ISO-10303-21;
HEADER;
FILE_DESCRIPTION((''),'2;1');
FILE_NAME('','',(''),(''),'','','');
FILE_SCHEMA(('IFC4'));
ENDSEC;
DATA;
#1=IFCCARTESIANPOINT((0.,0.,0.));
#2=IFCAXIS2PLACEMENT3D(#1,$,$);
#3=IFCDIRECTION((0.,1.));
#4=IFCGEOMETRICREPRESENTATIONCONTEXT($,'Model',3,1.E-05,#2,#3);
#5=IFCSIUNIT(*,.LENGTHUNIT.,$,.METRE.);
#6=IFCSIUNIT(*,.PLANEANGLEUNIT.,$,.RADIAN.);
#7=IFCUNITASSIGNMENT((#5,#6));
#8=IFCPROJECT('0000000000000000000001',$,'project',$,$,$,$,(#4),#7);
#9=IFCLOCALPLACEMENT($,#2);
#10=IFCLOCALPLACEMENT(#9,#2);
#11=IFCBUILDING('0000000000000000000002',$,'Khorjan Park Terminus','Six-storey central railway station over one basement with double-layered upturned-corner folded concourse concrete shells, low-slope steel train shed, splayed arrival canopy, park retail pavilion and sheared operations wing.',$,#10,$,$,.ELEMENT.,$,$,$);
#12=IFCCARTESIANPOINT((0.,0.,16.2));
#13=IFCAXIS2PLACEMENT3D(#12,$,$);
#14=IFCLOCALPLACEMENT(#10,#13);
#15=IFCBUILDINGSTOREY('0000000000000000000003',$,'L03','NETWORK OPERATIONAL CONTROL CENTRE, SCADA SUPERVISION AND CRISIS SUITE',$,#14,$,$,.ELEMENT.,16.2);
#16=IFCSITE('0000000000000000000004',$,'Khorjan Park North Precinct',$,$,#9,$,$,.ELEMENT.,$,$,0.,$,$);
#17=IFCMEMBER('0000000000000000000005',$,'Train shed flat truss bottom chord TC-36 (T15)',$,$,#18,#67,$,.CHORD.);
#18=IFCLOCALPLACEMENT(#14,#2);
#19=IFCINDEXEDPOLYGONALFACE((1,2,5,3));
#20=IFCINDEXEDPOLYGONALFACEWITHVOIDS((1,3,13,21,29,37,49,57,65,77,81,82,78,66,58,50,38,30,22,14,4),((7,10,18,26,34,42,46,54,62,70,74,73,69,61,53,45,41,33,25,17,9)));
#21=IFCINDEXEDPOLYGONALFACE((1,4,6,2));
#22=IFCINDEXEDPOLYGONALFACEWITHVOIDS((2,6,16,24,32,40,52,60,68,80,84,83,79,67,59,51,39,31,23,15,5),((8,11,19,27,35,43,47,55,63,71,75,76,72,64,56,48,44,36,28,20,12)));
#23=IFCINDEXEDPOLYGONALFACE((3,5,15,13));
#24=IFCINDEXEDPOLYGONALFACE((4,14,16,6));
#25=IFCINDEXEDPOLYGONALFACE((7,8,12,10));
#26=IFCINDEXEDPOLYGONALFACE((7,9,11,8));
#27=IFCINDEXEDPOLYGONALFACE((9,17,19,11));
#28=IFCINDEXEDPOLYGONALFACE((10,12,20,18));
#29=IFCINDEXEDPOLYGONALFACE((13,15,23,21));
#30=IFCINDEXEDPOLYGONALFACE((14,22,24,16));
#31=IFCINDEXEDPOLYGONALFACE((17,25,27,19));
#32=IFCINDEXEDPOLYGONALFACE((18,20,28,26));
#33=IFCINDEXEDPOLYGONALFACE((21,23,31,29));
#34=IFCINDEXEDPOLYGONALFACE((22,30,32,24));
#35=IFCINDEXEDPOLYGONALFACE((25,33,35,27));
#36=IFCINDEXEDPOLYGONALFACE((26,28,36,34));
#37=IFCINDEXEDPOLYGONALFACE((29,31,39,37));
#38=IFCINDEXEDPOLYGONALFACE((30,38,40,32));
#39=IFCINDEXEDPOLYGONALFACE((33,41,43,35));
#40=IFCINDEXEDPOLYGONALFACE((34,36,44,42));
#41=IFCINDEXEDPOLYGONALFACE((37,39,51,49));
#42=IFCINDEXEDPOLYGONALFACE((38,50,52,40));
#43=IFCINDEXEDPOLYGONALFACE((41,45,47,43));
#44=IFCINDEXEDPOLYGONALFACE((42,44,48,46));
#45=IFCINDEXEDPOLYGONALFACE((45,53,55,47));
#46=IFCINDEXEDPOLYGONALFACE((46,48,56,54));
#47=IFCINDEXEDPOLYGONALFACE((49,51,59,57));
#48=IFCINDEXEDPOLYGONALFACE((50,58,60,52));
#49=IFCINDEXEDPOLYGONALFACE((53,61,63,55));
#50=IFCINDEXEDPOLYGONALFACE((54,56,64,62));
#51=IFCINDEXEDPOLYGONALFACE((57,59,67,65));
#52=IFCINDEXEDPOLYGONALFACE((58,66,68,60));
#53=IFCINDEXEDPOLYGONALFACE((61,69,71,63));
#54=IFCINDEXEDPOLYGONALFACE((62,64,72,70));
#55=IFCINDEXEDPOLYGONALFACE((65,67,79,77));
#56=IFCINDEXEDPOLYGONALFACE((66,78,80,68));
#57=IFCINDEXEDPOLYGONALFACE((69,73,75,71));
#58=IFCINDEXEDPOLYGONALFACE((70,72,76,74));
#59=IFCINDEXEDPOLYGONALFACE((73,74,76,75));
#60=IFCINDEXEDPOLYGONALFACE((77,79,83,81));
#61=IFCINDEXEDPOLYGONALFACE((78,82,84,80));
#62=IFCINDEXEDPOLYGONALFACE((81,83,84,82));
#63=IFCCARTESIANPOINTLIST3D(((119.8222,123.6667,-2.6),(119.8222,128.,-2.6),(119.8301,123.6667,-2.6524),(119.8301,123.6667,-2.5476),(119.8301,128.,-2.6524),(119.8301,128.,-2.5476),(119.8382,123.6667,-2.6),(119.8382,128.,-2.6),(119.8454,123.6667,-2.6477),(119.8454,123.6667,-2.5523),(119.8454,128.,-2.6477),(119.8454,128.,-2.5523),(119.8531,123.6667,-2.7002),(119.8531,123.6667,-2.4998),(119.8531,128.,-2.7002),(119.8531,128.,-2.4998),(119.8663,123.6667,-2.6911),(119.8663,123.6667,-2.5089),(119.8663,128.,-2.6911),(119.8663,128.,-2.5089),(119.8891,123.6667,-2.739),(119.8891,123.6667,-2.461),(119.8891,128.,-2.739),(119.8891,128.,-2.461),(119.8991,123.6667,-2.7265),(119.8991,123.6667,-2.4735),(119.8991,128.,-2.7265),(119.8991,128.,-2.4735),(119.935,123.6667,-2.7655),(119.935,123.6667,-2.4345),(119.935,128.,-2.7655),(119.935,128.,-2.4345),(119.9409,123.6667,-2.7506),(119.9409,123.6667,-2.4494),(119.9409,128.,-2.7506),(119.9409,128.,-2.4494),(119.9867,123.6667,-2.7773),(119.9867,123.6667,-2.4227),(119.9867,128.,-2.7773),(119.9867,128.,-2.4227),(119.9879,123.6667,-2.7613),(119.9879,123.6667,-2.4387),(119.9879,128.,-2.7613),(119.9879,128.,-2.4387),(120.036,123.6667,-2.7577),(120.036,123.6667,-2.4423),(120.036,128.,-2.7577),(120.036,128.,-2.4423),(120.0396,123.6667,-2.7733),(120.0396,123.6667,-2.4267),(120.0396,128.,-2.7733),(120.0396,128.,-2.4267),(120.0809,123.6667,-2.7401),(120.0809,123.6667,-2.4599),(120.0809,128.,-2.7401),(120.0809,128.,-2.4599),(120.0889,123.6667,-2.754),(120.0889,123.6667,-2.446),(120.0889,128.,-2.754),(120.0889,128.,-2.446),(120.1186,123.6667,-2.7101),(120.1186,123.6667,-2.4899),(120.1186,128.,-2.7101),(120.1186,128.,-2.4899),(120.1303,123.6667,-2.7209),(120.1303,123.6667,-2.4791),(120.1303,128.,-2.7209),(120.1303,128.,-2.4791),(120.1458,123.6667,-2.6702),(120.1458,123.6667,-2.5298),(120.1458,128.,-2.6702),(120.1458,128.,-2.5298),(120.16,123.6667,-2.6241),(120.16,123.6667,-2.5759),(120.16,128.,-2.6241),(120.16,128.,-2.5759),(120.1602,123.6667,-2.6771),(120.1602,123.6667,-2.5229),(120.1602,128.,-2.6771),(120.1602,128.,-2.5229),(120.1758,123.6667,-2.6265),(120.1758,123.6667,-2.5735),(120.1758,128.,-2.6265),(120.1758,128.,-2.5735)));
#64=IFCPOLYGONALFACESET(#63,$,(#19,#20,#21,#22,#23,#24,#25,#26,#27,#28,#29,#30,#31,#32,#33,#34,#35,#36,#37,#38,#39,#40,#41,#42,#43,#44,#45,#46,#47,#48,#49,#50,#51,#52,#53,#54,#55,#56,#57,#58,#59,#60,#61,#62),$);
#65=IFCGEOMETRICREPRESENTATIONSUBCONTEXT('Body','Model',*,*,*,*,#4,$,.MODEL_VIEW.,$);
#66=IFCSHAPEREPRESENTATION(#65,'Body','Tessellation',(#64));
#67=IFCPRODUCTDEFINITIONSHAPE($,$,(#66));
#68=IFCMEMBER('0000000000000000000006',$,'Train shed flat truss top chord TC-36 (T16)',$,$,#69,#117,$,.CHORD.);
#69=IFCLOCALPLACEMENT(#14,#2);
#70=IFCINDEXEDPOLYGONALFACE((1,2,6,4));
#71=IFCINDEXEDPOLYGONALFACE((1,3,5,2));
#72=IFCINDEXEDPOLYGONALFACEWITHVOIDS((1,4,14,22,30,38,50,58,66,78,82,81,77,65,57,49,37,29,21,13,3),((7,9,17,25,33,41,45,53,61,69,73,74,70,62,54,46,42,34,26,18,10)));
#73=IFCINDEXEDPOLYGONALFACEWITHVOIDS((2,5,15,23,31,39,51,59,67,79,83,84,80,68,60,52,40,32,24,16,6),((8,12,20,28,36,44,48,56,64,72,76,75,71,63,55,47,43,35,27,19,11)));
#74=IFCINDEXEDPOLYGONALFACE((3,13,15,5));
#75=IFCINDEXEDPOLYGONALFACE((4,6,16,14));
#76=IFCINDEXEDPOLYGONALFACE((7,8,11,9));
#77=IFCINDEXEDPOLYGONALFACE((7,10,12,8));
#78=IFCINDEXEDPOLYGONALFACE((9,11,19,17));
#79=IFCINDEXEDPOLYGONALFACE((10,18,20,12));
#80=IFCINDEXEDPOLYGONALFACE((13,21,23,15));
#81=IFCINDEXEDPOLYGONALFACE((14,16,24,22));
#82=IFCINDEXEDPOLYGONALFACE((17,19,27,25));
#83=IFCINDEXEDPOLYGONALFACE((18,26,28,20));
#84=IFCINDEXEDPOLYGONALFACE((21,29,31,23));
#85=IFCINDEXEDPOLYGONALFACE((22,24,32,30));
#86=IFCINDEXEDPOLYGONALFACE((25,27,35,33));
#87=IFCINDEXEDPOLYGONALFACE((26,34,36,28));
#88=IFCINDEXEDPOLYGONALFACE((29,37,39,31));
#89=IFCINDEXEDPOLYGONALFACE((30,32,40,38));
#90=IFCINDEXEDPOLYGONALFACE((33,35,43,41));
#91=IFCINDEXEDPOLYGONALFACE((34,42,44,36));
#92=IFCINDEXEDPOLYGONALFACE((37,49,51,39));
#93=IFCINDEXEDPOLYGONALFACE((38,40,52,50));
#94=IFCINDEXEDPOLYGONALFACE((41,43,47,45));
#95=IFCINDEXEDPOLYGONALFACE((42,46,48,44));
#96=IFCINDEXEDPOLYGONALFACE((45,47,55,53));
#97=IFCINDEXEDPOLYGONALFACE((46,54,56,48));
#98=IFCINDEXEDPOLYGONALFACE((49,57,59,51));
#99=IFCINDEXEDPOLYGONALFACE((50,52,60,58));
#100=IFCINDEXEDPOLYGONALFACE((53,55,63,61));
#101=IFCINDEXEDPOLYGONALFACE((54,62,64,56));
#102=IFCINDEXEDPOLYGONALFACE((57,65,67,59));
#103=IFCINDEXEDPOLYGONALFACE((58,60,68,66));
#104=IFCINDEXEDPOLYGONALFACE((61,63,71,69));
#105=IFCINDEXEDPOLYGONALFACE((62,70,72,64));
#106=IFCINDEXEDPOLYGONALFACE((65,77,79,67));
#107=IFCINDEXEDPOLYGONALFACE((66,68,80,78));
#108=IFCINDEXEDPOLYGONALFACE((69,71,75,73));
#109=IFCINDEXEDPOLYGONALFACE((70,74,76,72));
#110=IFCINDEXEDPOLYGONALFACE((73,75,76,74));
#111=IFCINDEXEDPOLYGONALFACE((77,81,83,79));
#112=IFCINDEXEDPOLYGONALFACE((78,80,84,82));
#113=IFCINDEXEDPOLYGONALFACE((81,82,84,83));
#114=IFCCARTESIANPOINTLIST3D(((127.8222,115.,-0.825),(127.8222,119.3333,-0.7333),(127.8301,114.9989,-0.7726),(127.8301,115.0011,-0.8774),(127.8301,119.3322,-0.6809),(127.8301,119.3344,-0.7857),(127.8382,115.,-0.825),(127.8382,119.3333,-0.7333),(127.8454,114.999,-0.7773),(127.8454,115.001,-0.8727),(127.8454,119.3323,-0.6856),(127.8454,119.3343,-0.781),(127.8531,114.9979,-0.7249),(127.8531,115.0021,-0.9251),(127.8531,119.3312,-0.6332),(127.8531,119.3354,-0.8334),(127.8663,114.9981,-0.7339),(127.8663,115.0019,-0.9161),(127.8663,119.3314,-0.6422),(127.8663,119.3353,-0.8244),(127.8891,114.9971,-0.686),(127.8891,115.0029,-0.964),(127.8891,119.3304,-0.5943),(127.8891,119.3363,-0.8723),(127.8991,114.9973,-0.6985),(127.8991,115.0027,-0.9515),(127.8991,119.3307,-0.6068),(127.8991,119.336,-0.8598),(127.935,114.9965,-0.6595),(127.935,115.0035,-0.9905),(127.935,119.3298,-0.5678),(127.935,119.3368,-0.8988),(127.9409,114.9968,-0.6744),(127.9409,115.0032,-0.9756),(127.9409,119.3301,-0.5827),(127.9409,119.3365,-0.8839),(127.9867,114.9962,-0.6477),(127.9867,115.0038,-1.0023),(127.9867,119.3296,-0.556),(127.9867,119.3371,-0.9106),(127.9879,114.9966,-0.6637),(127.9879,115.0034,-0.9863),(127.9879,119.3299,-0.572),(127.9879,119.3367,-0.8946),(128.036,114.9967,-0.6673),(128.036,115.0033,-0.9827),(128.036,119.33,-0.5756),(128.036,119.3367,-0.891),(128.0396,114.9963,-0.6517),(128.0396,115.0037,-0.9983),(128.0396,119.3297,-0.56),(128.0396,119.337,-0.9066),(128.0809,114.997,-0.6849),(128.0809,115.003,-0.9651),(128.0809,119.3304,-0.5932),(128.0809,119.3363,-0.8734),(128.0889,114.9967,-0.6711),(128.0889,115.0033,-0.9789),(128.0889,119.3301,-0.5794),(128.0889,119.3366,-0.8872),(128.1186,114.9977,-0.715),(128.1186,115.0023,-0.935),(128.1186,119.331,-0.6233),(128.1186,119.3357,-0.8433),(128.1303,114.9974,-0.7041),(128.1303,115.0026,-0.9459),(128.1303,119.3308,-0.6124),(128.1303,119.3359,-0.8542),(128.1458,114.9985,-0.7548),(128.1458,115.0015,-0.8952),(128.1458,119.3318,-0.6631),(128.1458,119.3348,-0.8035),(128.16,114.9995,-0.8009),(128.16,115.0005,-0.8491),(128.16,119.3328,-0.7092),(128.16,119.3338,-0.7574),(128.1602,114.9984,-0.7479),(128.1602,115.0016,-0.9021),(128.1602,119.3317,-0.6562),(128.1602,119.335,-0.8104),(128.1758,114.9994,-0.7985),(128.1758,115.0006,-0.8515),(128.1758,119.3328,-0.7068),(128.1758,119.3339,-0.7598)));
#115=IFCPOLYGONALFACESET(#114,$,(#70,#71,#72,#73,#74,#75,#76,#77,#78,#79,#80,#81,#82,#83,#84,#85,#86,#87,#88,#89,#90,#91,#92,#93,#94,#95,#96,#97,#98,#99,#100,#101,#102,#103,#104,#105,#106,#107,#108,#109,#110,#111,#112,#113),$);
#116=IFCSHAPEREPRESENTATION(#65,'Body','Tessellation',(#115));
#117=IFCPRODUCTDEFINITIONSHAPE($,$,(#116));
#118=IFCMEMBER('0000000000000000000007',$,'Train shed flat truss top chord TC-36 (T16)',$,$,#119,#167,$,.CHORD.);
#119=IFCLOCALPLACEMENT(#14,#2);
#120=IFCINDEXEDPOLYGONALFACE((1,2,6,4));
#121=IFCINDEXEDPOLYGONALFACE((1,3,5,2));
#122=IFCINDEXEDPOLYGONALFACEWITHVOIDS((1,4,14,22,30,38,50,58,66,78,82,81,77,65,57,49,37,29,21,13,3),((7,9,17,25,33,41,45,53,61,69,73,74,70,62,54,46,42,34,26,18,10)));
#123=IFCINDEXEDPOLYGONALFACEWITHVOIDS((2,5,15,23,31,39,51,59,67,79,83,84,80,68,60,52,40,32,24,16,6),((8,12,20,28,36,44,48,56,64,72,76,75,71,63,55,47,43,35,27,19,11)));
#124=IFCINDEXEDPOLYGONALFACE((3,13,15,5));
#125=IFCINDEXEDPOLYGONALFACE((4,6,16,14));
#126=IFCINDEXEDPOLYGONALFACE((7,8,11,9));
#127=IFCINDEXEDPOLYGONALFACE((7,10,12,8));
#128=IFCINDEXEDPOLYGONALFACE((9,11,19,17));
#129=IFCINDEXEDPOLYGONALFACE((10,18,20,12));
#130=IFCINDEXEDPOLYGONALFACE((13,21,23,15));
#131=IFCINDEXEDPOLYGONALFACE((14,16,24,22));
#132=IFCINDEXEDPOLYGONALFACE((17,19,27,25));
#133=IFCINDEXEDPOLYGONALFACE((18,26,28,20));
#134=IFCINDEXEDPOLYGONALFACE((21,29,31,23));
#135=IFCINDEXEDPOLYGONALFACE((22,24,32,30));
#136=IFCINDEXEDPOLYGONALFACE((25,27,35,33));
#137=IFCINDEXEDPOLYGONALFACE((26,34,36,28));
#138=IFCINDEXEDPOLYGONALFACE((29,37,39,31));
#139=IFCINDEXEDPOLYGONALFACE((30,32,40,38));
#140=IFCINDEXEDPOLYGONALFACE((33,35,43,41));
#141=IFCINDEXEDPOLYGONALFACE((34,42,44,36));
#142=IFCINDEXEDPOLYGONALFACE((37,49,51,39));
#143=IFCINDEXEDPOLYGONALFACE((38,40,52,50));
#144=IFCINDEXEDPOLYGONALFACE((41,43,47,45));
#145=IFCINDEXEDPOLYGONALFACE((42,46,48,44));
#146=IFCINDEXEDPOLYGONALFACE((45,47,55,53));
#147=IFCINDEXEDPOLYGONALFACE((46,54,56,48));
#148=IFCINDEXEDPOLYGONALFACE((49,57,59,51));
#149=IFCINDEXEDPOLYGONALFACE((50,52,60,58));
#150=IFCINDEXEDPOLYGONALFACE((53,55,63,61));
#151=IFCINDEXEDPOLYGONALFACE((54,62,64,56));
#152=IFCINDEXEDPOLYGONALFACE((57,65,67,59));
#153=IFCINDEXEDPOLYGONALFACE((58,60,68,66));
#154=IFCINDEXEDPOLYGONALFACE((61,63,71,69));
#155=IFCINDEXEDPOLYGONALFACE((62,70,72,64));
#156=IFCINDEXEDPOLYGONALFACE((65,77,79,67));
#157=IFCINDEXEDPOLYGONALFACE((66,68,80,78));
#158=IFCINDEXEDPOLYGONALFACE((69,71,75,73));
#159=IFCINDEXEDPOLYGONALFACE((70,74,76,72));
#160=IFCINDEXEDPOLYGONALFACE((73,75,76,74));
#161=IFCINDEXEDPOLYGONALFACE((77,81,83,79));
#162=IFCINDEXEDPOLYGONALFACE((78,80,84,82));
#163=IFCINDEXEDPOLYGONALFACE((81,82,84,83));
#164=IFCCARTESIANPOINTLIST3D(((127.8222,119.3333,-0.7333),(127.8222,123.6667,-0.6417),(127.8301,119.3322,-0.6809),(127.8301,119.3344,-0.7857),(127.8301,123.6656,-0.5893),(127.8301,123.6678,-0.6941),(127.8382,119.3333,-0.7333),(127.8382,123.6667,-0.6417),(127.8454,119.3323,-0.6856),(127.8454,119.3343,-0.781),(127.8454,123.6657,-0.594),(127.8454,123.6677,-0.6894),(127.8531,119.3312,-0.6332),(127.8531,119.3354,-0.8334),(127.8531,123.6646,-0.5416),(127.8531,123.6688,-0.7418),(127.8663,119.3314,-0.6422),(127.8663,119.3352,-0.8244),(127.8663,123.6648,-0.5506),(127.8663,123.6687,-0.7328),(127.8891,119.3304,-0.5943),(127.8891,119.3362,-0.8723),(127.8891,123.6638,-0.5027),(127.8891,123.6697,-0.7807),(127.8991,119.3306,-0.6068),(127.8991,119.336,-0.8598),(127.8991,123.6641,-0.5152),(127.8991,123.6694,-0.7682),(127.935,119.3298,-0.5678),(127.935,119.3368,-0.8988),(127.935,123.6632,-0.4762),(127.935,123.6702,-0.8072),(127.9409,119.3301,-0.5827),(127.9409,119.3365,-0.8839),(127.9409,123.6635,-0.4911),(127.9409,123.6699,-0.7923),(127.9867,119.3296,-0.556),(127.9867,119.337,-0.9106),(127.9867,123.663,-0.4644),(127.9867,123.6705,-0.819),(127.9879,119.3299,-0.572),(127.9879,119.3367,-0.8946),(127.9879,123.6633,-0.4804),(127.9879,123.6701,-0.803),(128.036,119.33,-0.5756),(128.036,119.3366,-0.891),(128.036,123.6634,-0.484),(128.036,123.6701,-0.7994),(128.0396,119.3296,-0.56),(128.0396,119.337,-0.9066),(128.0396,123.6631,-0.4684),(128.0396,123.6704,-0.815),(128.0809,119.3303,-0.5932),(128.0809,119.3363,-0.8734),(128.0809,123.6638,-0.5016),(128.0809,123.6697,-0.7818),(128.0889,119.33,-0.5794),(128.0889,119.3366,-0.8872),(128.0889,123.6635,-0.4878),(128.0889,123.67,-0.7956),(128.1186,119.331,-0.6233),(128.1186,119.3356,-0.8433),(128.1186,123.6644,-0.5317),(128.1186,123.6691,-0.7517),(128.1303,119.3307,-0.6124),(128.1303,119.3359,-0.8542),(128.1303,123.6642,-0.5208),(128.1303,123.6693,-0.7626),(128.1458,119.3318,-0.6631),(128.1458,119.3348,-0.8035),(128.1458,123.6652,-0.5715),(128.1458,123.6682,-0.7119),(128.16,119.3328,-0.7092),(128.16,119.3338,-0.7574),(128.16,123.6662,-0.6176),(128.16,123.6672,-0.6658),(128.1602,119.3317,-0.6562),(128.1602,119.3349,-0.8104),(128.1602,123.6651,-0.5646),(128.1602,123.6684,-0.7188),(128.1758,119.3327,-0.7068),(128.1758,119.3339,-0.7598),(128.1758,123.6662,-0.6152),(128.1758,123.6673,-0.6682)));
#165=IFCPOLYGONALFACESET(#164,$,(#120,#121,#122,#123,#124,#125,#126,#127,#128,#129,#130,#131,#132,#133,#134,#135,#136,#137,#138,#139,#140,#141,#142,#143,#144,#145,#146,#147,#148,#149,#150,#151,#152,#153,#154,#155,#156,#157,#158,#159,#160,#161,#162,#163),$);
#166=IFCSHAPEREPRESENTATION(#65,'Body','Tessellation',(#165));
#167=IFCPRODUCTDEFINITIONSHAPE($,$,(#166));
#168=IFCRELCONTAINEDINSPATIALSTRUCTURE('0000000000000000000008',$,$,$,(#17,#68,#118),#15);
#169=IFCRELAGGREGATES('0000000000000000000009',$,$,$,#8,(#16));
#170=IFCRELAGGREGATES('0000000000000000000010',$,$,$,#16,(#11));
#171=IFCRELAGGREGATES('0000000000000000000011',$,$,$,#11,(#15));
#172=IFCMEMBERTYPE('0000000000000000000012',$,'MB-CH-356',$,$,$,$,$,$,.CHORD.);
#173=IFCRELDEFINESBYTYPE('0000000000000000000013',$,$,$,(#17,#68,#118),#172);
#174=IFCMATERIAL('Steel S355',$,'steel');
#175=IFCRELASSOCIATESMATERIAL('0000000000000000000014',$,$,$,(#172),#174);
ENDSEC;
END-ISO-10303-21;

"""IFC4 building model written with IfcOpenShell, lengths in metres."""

from ifc_helpers import new_model, si_unit, direction, frame, origin, origin_2d, place, context, subcontext, project, spatial, hollow_circle, extrude, material, material_profile, profile_set, type_object, element, save


model = new_model("IFC4")

# Units and contexts
model_context = context("Model", 3, precision=1e-05, world=origin(), true_north=direction((0.0, 1.0)))
body_context = subcontext(model_context, "Body", "Model", "MODEL_VIEW")
ifc_project = project(units=[si_unit("LENGTHUNIT", "METRE"), si_unit("PLANEANGLEUNIT", "RADIAN")], contexts=[model_context])

# Site, building, storey
site_placement = place(None, origin())
site = spatial("IfcSite", under=ifc_project, at=site_placement, Name="Khorjan Park North Precinct", CompositionType="ELEMENT", RefElevation=0.0)
building_placement = place(site_placement, origin())
building = spatial("IfcBuilding", under=site, at=building_placement, Name="Khorjan Park Terminus", Description="Six-storey central railway station over one basement with double-layered upturned-corner folded concourse concrete shells, low-slope steel train shed, splayed arrival canopy, park retail pavilion and sheared operations wing.", CompositionType="ELEMENT")
storey_placement = place(building_placement, frame((0.0, 0.0, 16.2)))
storey = spatial("IfcBuildingStorey", under=building, at=storey_placement, Name="L03", Description="NETWORK OPERATIONAL CONTROL CENTRE, SCADA SUPERVISION AND CRISIS SUITE", CompositionType="ELEMENT", Elevation=16.2)

# Members
ifc_material = material(Name="Steel S355", Category="steel")
ifc_material_profile_1 = material_profile(ifc_material, hollow_circle(Radius=0.1778, WallThickness=0.016, at=origin_2d()), Name="CHS 355.6x16")
ifc_profile_set_1 = profile_set([ifc_material_profile_1], Name="Steel S355")
member_type_1 = type_object("IfcMemberType", Name="MB-CH-356", PredefinedType="CHORD", material=ifc_profile_set_1)
member_1_placement = place(storey_placement, frame((120.0, 123.6667, -2.6), z_axis=(0.0, 1.0, 0.0), x_axis=(-1.0, 0.0, 0.0)))
element("IfcMember", 1, at=member_1_placement, inside=storey, type_object=member_type_1, Name="Train shed flat truss bottom chord TC-36 (T15)", PredefinedType="CHORD", context=body_context, shape_type="SweptSolid", body=[
    extrude(hollow_circle(Radius=0.1778, WallThickness=0.016, at=origin_2d()), origin(), (0.0, 0.0, 1.0), 4.3333),
])
member_2_placement = place(storey_placement, frame((128.0, 115.0, -0.825), z_axis=(0.0, 0.999776, 0.021157), x_axis=(-1.0, 0.0, 0.0)))
element("IfcMember", 2, at=member_2_placement, inside=storey, type_object=member_type_1, Name="Train shed flat truss top chord TC-36 (T16)", PredefinedType="CHORD", context=body_context, shape_type="SweptSolid", body=[
    extrude(hollow_circle(Radius=0.1778, WallThickness=0.016, at=origin_2d()), origin(), (0.0, 0.0, 1.0), 4.3343),
])
member_3_placement = place(storey_placement, frame((128.0, 119.3333, -0.7333), z_axis=(0.0, 0.999777, 0.021133), x_axis=(-1.0, 0.0, 0.0)))
element("IfcMember", 3, at=member_3_placement, inside=storey, type_object=member_type_1, Name="Train shed flat truss top chord TC-36 (T16)", PredefinedType="CHORD", context=body_context, shape_type="SweptSolid", body=[
    extrude(hollow_circle(Radius=0.1778, WallThickness=0.016, at=origin_2d()), origin(), (0.0, 0.0, 1.0), 4.3344),
])

save(model, "model.ifc")
